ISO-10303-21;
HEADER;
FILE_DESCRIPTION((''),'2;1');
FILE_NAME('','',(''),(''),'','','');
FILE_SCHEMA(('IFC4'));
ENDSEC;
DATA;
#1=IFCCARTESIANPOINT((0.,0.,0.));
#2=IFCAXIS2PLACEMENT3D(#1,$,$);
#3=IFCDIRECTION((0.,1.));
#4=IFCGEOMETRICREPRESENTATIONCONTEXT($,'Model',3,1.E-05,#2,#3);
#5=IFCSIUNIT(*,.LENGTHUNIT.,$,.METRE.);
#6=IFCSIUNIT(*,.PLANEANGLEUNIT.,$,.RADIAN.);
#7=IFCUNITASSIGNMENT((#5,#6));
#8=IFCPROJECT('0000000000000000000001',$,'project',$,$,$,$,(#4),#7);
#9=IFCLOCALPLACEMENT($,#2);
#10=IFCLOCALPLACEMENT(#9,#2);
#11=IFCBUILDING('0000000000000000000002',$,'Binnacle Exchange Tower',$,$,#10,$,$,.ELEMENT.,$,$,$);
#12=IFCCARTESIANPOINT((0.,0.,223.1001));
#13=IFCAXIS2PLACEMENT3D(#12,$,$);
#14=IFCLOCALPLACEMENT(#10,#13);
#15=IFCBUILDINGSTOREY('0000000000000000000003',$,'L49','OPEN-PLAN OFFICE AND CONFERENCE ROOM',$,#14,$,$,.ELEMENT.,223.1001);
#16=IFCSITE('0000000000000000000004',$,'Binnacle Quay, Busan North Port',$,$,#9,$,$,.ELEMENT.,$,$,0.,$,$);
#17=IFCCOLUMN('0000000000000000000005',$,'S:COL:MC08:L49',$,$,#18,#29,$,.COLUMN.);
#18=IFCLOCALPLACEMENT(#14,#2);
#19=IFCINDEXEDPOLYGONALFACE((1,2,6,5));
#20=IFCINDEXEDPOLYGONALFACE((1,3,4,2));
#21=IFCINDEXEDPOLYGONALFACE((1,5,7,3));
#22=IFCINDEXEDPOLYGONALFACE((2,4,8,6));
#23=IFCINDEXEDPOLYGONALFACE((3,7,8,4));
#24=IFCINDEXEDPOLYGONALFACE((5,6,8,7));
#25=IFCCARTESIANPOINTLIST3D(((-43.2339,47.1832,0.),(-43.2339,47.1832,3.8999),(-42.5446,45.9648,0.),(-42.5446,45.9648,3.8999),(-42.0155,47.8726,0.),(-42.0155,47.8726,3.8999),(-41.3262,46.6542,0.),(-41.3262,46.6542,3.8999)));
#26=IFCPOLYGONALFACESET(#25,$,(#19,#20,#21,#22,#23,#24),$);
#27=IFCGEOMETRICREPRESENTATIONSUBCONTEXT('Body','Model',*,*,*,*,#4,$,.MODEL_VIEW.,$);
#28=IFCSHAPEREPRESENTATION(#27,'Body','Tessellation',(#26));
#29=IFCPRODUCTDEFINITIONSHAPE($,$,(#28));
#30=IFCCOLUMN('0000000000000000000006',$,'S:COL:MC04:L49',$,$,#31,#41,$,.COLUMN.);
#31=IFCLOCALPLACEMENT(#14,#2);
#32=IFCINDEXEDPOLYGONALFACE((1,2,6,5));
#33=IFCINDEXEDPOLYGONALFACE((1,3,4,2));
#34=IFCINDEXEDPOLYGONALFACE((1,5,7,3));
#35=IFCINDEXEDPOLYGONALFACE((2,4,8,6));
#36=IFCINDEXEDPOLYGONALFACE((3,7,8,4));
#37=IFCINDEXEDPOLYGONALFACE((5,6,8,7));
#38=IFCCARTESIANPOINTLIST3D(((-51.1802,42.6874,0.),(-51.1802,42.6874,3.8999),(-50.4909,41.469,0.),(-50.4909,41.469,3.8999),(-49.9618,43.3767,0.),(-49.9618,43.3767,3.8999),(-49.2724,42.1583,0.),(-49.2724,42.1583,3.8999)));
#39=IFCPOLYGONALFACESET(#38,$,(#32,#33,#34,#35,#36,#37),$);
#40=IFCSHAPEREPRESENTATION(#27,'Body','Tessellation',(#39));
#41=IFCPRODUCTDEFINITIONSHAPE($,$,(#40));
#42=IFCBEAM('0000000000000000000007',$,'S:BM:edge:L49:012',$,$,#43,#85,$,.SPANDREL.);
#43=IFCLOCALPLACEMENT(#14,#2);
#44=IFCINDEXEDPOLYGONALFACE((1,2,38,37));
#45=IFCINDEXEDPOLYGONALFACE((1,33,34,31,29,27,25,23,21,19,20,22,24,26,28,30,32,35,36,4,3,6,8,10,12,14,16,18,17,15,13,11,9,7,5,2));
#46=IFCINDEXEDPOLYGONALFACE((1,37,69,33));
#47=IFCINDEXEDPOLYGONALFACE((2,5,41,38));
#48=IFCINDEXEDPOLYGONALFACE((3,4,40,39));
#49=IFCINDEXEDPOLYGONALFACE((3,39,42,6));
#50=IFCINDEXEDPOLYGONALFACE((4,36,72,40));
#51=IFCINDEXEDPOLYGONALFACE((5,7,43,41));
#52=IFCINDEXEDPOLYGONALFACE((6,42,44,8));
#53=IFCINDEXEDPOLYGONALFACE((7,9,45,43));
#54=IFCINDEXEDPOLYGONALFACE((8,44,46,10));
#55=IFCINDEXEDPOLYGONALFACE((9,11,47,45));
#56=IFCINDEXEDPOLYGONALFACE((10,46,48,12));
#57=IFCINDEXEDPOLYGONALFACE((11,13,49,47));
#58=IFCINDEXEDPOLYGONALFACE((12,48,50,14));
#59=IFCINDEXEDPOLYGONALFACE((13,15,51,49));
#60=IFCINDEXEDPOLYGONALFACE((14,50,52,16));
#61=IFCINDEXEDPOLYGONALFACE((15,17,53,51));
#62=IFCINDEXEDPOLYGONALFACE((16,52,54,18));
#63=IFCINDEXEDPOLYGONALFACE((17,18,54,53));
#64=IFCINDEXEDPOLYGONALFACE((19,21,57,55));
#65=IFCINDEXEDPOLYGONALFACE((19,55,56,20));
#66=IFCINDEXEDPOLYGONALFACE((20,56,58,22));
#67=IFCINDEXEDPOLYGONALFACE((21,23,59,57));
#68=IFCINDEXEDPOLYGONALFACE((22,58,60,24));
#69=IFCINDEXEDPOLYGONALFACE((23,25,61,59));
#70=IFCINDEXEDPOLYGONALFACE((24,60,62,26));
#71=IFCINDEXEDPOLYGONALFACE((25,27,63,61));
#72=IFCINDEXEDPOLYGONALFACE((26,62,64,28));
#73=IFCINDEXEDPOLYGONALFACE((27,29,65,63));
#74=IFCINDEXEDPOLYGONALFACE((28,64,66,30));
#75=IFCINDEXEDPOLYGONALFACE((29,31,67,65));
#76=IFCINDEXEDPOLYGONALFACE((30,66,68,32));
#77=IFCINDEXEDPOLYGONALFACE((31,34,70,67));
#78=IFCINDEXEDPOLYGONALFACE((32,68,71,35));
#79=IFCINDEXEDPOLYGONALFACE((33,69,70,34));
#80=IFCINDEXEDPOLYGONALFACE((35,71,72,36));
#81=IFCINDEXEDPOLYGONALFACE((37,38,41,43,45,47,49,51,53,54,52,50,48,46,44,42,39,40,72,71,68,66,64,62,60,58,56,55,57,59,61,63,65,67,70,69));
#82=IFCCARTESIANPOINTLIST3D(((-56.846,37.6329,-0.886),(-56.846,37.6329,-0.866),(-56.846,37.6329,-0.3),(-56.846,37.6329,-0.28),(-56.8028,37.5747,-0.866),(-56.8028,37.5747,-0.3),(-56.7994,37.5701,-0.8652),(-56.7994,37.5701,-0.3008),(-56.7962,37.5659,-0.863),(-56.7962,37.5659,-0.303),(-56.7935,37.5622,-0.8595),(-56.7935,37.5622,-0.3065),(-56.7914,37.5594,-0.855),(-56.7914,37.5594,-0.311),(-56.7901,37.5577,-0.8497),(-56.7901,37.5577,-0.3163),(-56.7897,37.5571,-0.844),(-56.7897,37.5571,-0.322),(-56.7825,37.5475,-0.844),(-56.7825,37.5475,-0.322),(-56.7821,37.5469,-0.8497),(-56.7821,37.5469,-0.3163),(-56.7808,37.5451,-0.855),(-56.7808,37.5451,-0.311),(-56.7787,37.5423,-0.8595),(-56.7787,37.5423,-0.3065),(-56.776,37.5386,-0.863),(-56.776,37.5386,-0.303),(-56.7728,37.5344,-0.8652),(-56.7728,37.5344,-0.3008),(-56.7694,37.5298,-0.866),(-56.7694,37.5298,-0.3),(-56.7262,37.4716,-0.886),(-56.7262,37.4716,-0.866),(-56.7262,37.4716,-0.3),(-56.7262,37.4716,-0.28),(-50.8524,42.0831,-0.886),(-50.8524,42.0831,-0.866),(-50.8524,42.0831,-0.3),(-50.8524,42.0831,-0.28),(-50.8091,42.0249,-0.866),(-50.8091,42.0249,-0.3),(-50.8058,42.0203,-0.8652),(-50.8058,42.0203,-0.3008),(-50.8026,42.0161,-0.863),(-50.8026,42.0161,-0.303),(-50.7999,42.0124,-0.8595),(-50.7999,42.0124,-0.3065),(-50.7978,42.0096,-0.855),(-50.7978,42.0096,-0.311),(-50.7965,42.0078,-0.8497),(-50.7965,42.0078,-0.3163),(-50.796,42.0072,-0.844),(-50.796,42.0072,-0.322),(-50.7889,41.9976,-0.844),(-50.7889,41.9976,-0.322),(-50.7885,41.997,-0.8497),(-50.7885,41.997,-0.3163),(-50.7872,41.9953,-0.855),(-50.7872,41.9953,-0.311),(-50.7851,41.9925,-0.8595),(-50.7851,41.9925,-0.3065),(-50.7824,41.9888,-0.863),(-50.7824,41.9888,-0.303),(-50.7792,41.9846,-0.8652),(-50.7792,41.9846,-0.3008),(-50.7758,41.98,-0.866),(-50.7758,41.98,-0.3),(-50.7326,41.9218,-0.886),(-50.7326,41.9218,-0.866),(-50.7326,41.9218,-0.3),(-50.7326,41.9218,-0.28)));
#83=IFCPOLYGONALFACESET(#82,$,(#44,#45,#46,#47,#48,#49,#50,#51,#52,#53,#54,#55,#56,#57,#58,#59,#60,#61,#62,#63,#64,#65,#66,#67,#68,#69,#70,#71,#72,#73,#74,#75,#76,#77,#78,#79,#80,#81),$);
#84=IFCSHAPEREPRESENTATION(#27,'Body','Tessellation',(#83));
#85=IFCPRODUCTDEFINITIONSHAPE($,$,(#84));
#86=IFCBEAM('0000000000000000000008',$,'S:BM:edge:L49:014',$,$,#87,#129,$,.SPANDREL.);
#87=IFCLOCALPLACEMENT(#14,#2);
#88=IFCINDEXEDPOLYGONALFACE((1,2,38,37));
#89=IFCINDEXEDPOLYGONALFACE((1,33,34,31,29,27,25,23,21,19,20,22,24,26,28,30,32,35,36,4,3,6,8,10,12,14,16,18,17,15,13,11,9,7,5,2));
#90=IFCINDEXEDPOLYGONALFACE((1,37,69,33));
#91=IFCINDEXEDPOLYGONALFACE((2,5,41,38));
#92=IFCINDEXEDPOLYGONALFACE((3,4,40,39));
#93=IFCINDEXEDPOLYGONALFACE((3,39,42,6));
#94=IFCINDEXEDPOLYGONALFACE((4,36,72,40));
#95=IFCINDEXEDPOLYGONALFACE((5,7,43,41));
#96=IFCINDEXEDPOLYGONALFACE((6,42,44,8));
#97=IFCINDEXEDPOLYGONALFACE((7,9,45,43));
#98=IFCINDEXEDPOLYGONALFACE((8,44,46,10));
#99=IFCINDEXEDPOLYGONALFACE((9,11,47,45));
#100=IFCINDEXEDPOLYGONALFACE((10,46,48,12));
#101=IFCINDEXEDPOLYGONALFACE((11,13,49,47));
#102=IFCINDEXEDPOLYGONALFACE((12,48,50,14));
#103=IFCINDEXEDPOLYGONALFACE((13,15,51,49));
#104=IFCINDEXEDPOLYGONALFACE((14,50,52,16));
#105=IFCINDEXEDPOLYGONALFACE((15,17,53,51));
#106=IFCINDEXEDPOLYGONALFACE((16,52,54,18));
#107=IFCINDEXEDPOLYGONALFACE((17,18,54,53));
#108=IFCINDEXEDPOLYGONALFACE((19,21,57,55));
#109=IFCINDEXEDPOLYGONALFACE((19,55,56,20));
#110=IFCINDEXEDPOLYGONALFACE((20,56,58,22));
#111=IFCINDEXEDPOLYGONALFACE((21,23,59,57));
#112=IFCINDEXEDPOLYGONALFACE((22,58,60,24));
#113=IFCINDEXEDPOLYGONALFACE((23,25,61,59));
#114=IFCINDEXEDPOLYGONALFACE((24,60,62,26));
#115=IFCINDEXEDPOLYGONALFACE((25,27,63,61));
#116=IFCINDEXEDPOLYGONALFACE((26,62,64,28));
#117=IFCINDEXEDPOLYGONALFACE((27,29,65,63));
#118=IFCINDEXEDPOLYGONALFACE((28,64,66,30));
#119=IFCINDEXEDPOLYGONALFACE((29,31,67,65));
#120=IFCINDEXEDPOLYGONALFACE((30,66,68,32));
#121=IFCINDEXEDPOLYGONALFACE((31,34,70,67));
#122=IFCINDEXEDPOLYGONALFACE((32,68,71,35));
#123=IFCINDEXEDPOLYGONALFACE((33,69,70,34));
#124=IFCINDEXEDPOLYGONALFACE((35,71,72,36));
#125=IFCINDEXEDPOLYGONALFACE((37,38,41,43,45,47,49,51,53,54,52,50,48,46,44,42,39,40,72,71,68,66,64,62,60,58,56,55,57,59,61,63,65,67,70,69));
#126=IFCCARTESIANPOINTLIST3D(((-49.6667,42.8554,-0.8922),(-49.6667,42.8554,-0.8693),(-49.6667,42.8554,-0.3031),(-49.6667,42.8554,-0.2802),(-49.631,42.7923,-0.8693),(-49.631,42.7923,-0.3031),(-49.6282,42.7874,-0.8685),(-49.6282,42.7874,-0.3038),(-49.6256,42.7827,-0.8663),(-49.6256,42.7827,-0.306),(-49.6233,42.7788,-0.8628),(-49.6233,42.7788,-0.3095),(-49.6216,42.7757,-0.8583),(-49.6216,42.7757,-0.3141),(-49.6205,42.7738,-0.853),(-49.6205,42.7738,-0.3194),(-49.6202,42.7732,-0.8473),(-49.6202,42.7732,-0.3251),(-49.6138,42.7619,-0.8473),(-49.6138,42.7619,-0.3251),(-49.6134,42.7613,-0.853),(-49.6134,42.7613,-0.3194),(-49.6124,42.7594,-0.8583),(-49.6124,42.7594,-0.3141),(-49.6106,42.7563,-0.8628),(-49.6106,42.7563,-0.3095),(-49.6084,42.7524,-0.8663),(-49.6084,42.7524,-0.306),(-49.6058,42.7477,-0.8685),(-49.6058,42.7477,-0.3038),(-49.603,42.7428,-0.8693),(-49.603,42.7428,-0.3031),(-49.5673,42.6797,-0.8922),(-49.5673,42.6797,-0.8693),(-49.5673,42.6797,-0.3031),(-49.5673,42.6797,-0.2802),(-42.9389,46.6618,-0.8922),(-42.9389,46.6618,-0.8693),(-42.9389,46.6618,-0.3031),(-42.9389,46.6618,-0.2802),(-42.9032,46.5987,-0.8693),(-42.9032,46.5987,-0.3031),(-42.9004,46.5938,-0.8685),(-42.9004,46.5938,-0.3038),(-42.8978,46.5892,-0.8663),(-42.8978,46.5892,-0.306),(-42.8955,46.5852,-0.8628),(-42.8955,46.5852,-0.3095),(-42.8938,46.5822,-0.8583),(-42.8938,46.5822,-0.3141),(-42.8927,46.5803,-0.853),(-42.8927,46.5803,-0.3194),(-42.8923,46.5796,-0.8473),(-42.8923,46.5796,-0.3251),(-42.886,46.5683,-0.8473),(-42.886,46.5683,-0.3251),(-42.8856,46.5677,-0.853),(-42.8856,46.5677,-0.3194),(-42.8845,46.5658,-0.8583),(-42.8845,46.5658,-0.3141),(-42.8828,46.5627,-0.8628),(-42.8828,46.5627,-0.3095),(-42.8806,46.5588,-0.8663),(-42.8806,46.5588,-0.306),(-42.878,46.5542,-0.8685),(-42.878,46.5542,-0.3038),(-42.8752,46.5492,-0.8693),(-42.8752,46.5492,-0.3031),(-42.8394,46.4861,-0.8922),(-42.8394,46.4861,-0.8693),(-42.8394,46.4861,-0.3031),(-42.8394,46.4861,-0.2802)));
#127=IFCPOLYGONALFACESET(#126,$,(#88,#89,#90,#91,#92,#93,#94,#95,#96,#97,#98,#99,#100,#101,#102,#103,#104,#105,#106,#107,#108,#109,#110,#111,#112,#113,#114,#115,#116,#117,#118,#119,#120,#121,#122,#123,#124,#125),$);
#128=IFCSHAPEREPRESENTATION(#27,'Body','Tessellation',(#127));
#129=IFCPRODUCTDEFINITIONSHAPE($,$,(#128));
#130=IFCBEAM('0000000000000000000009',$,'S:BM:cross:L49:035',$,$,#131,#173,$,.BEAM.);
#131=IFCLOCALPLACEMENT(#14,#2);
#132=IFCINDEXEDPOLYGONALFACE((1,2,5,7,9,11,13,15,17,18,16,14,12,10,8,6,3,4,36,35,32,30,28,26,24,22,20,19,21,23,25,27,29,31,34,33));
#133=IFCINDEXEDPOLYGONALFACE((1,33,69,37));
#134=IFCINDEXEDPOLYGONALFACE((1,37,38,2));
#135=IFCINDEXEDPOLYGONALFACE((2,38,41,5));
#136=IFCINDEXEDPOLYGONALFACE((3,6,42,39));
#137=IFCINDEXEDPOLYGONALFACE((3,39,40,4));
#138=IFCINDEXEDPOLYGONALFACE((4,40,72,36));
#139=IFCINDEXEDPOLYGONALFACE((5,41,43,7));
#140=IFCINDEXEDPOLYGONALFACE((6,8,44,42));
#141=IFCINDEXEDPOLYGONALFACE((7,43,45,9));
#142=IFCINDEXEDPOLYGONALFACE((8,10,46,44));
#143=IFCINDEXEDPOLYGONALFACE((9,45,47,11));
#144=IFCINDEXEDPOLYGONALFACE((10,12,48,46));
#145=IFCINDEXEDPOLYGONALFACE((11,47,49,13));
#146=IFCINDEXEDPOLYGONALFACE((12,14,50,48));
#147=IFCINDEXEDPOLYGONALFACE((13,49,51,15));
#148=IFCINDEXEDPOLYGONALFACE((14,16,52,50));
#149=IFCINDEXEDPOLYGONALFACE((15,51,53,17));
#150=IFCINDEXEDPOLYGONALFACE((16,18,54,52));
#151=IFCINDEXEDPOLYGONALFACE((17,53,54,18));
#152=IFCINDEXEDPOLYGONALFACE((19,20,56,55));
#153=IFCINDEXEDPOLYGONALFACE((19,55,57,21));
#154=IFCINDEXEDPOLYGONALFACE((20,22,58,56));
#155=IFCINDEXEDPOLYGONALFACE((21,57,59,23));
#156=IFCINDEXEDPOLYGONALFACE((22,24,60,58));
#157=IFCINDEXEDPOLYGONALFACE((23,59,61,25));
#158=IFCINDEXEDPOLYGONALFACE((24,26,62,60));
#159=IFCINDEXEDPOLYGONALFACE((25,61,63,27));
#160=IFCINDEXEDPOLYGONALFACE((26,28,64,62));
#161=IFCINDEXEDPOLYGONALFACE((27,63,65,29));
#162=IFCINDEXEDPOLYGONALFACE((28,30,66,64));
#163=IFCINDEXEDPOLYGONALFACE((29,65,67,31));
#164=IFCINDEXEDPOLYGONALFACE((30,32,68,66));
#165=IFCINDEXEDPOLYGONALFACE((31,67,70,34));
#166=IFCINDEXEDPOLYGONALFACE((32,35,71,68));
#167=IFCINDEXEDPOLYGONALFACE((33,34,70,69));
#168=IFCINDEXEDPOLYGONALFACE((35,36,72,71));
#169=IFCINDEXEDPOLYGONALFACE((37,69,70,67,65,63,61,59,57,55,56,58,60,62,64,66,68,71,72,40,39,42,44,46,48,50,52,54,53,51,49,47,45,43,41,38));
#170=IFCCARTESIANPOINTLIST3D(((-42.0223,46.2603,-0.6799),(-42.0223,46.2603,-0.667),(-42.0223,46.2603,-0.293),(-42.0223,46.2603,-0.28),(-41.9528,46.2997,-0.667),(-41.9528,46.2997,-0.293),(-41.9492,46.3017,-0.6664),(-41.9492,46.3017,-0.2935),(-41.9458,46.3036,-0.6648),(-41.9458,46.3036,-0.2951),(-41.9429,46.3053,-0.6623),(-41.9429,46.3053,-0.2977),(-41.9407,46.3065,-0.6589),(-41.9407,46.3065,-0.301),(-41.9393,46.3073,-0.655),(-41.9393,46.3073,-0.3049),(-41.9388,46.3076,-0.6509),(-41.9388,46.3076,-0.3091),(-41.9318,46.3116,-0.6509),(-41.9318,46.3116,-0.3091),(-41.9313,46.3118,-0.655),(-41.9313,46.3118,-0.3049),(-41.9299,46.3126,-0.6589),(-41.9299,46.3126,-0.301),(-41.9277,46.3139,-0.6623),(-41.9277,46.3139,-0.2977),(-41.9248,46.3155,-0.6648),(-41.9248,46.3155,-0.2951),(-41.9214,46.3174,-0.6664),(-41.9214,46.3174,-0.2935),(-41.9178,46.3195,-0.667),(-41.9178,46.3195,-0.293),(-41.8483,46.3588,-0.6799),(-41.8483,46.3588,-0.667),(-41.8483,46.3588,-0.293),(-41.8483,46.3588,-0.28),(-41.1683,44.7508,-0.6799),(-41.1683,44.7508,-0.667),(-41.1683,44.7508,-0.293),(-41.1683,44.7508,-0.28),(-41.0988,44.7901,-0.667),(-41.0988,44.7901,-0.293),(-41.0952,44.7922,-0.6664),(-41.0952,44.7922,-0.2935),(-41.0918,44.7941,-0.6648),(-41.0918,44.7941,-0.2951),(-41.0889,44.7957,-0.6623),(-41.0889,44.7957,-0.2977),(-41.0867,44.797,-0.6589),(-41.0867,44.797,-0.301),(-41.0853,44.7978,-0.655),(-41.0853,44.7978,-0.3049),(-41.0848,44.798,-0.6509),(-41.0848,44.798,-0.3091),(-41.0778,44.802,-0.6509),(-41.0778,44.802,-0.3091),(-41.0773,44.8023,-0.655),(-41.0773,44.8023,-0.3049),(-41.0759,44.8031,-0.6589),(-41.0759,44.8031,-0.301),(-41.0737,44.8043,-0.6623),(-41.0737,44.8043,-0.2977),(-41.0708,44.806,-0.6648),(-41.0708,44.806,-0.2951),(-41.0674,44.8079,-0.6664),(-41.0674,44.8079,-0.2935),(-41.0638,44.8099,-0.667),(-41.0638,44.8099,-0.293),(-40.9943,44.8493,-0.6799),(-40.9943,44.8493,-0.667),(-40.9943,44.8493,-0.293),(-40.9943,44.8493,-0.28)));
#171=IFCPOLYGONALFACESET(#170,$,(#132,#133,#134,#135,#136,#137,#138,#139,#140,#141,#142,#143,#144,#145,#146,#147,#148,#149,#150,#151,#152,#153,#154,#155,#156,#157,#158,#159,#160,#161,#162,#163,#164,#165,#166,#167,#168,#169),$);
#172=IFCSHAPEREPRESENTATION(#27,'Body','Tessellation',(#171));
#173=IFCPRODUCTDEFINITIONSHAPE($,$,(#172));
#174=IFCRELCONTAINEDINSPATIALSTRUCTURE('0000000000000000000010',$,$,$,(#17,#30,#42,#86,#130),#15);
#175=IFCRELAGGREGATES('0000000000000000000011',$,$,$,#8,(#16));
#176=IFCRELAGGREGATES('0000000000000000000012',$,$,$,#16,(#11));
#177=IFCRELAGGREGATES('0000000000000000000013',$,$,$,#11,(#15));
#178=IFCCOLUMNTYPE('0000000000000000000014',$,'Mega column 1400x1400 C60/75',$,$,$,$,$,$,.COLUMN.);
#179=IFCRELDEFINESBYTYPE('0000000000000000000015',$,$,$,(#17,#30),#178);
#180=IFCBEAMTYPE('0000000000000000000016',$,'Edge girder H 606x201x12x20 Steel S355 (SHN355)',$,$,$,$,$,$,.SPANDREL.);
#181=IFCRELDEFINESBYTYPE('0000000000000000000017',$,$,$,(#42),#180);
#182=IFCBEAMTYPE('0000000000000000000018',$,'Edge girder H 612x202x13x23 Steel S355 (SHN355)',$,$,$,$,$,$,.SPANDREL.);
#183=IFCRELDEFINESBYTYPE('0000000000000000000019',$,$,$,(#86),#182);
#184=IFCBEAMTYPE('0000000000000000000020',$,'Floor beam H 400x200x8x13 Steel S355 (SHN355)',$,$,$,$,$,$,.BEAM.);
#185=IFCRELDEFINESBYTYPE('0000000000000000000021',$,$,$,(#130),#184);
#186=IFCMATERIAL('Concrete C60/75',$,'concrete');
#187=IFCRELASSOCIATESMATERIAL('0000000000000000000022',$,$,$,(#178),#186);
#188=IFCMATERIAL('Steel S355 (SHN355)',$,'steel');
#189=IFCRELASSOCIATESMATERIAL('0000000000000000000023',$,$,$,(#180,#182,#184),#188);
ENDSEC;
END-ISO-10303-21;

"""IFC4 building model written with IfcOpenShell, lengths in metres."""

from ifc_helpers import new_model, si_unit, direction, frame, origin, origin_2d, place, context, subcontext, project, spatial, rectangle, i_section, extrude, material, material_profile, profile_set, type_object, element, save


model = new_model("IFC4")

# Units and contexts
model_context = context("Model", 3, precision=1e-05, world=origin(), true_north=direction((0.0, 1.0)))
body_context = subcontext(model_context, "Body", "Model", "MODEL_VIEW")
ifc_project = project(units=[si_unit("LENGTHUNIT", "METRE"), si_unit("PLANEANGLEUNIT", "RADIAN")], contexts=[model_context])

# Site, building, storey
site_placement = place(None, origin())
site = spatial("IfcSite", under=ifc_project, at=site_placement, Name="Binnacle Quay, Busan North Port", CompositionType="ELEMENT", RefElevation=0.0)
building_placement = place(site_placement, origin())
building = spatial("IfcBuilding", under=site, at=building_placement, Name="Binnacle Exchange Tower", CompositionType="ELEMENT")
storey_placement = place(building_placement, frame((0.0, 0.0, 223.1001)))
storey = spatial("IfcBuildingStorey", under=building, at=storey_placement, Name="L49", Description="OPEN-PLAN OFFICE AND CONFERENCE ROOM", CompositionType="ELEMENT", Elevation=223.1001)

# Columns
ifc_material_1 = material(Name="Concrete C60/75", Category="concrete")
ifc_material_profile_1 = material_profile(ifc_material_1, rectangle(XDim=1.3999, YDim=1.3999, at=origin_2d()), Name="Mega column 1400x1400 C60/75")
ifc_profile_set_1 = profile_set([ifc_material_profile_1], Name="Concrete C60/75")
column_type = type_object("IfcColumnType", Name="Mega column 1400x1400 C60/75", PredefinedType="COLUMN", material=ifc_profile_set_1)
for number, where, z_axis, x_axis, name in (
    (1, (-42.28, 46.9187, 0.0), (0.0, 0.0, 1.0), (-0.870356, -0.492424, 0.0), "S:COL:MC08:L49"),
    (2, (-50.2263, 42.4229, 0.0), (0.0, 0.0, 1.0), (-0.870356, -0.492424, 0.0), "S:COL:MC04:L49"),
):
    element("IfcColumn", number, at=place(storey_placement, frame(where, z_axis=z_axis, x_axis=x_axis)), inside=storey, type_object=column_type, Name=name, PredefinedType="COLUMN", context=body_context, shape_type="SweptSolid", body=[
        extrude(rectangle(XDim=1.3999, YDim=1.3999, at=origin_2d()), origin(), (0.0, 0.0, 1.0), 3.8999),
    ])

# Beams
ifc_material_2 = material(Name="Steel S355 (SHN355)", Category="steel")
ifc_material_profile_2 = material_profile(ifc_material_2, i_section(OverallWidth=0.2009, OverallDepth=0.606, WebThickness=0.012, FlangeThickness=0.02, FilletRadius=0.022, at=origin_2d()), Name="H 606x201x12x20")
ifc_profile_set_2 = profile_set([ifc_material_profile_2], Name="Steel S355 (SHN355)")
beam_type_1 = type_object("IfcBeamType", Name="Edge girder H 606x201x12x20 Steel S355 (SHN355)", PredefinedType="SPANDREL", material=ifc_profile_set_2)
beam_1_placement = place(storey_placement, frame((-50.7925, 42.0024, -0.583), z_axis=(-0.802887, -0.596131, 0.0), x_axis=(0.596131, -0.802887, 0.0)))
element("IfcBeam", 3, at=beam_1_placement, inside=storey, type_object=beam_type_1, Name="S:BM:edge:L49:012", PredefinedType="SPANDREL", context=body_context, shape_type="SweptSolid", body=[
    extrude(i_section(OverallWidth=0.2009, OverallDepth=0.606, WebThickness=0.012, FlangeThickness=0.02, FilletRadius=0.022, at=origin_2d()), origin(), (0.0, 0.0, 1.0), 7.4651),
])
ifc_material_profile_3 = material_profile(ifc_material_2, i_section(OverallWidth=0.2019, OverallDepth=0.6121, WebThickness=0.0129, FlangeThickness=0.0229, FilletRadius=0.022, at=origin_2d()), Name="H 612x202x13x23")
ifc_profile_set_3 = profile_set([ifc_material_profile_3], Name="Steel S355 (SHN355)")
beam_type_2 = type_object("IfcBeamType", Name="Edge girder H 612x202x13x23 Steel S355 (SHN355)", PredefinedType="SPANDREL", material=ifc_profile_set_3)
beam_2_placement = place(storey_placement, frame((-42.8892, 46.574, -0.5862), z_axis=(-0.870356, -0.492424, 0.0), x_axis=(0.492424, -0.870356, 0.0)))
element("IfcBeam", 4, at=beam_2_placement, inside=storey, type_object=beam_type_2, Name="S:BM:edge:L49:014", PredefinedType="SPANDREL", context=body_context, shape_type="SweptSolid", body=[
    extrude(i_section(OverallWidth=0.2019, OverallDepth=0.6121, WebThickness=0.0129, FlangeThickness=0.0229, FilletRadius=0.022, at=origin_2d()), origin(), (0.0, 0.0, 1.0), 7.73),
])
ifc_material_profile_4 = material_profile(ifc_material_2, i_section(OverallWidth=0.2, OverallDepth=0.3999, WebThickness=0.0081, FlangeThickness=0.0129, FilletRadius=0.0161, at=origin_2d()), Name="H 400x200x8x13")
ifc_profile_set_4 = profile_set([ifc_material_profile_4], Name="Steel S355 (SHN355)")
beam_type_3 = type_object("IfcBeamType", Name="Floor beam H 400x200x8x13 Steel S355 (SHN355)", PredefinedType="BEAM", material=ifc_profile_set_4)
beam_3_placement = place(storey_placement, frame((-41.9353, 46.3096, -0.48), z_axis=(0.492405, -0.870366, 0.0), x_axis=(0.870366, 0.492405, 0.0)))
element("IfcBeam", 5, at=beam_3_placement, inside=storey, type_object=beam_type_3, Name="S:BM:cross:L49:035", PredefinedType="BEAM", context=body_context, shape_type="SweptSolid", body=[
    extrude(i_section(OverallWidth=0.2, OverallDepth=0.3999, WebThickness=0.0081, FlangeThickness=0.0129, FilletRadius=0.0161, at=origin_2d()), origin(), (0.0, 0.0, 1.0), 1.7344),
])

save(model, "model.ifc")
